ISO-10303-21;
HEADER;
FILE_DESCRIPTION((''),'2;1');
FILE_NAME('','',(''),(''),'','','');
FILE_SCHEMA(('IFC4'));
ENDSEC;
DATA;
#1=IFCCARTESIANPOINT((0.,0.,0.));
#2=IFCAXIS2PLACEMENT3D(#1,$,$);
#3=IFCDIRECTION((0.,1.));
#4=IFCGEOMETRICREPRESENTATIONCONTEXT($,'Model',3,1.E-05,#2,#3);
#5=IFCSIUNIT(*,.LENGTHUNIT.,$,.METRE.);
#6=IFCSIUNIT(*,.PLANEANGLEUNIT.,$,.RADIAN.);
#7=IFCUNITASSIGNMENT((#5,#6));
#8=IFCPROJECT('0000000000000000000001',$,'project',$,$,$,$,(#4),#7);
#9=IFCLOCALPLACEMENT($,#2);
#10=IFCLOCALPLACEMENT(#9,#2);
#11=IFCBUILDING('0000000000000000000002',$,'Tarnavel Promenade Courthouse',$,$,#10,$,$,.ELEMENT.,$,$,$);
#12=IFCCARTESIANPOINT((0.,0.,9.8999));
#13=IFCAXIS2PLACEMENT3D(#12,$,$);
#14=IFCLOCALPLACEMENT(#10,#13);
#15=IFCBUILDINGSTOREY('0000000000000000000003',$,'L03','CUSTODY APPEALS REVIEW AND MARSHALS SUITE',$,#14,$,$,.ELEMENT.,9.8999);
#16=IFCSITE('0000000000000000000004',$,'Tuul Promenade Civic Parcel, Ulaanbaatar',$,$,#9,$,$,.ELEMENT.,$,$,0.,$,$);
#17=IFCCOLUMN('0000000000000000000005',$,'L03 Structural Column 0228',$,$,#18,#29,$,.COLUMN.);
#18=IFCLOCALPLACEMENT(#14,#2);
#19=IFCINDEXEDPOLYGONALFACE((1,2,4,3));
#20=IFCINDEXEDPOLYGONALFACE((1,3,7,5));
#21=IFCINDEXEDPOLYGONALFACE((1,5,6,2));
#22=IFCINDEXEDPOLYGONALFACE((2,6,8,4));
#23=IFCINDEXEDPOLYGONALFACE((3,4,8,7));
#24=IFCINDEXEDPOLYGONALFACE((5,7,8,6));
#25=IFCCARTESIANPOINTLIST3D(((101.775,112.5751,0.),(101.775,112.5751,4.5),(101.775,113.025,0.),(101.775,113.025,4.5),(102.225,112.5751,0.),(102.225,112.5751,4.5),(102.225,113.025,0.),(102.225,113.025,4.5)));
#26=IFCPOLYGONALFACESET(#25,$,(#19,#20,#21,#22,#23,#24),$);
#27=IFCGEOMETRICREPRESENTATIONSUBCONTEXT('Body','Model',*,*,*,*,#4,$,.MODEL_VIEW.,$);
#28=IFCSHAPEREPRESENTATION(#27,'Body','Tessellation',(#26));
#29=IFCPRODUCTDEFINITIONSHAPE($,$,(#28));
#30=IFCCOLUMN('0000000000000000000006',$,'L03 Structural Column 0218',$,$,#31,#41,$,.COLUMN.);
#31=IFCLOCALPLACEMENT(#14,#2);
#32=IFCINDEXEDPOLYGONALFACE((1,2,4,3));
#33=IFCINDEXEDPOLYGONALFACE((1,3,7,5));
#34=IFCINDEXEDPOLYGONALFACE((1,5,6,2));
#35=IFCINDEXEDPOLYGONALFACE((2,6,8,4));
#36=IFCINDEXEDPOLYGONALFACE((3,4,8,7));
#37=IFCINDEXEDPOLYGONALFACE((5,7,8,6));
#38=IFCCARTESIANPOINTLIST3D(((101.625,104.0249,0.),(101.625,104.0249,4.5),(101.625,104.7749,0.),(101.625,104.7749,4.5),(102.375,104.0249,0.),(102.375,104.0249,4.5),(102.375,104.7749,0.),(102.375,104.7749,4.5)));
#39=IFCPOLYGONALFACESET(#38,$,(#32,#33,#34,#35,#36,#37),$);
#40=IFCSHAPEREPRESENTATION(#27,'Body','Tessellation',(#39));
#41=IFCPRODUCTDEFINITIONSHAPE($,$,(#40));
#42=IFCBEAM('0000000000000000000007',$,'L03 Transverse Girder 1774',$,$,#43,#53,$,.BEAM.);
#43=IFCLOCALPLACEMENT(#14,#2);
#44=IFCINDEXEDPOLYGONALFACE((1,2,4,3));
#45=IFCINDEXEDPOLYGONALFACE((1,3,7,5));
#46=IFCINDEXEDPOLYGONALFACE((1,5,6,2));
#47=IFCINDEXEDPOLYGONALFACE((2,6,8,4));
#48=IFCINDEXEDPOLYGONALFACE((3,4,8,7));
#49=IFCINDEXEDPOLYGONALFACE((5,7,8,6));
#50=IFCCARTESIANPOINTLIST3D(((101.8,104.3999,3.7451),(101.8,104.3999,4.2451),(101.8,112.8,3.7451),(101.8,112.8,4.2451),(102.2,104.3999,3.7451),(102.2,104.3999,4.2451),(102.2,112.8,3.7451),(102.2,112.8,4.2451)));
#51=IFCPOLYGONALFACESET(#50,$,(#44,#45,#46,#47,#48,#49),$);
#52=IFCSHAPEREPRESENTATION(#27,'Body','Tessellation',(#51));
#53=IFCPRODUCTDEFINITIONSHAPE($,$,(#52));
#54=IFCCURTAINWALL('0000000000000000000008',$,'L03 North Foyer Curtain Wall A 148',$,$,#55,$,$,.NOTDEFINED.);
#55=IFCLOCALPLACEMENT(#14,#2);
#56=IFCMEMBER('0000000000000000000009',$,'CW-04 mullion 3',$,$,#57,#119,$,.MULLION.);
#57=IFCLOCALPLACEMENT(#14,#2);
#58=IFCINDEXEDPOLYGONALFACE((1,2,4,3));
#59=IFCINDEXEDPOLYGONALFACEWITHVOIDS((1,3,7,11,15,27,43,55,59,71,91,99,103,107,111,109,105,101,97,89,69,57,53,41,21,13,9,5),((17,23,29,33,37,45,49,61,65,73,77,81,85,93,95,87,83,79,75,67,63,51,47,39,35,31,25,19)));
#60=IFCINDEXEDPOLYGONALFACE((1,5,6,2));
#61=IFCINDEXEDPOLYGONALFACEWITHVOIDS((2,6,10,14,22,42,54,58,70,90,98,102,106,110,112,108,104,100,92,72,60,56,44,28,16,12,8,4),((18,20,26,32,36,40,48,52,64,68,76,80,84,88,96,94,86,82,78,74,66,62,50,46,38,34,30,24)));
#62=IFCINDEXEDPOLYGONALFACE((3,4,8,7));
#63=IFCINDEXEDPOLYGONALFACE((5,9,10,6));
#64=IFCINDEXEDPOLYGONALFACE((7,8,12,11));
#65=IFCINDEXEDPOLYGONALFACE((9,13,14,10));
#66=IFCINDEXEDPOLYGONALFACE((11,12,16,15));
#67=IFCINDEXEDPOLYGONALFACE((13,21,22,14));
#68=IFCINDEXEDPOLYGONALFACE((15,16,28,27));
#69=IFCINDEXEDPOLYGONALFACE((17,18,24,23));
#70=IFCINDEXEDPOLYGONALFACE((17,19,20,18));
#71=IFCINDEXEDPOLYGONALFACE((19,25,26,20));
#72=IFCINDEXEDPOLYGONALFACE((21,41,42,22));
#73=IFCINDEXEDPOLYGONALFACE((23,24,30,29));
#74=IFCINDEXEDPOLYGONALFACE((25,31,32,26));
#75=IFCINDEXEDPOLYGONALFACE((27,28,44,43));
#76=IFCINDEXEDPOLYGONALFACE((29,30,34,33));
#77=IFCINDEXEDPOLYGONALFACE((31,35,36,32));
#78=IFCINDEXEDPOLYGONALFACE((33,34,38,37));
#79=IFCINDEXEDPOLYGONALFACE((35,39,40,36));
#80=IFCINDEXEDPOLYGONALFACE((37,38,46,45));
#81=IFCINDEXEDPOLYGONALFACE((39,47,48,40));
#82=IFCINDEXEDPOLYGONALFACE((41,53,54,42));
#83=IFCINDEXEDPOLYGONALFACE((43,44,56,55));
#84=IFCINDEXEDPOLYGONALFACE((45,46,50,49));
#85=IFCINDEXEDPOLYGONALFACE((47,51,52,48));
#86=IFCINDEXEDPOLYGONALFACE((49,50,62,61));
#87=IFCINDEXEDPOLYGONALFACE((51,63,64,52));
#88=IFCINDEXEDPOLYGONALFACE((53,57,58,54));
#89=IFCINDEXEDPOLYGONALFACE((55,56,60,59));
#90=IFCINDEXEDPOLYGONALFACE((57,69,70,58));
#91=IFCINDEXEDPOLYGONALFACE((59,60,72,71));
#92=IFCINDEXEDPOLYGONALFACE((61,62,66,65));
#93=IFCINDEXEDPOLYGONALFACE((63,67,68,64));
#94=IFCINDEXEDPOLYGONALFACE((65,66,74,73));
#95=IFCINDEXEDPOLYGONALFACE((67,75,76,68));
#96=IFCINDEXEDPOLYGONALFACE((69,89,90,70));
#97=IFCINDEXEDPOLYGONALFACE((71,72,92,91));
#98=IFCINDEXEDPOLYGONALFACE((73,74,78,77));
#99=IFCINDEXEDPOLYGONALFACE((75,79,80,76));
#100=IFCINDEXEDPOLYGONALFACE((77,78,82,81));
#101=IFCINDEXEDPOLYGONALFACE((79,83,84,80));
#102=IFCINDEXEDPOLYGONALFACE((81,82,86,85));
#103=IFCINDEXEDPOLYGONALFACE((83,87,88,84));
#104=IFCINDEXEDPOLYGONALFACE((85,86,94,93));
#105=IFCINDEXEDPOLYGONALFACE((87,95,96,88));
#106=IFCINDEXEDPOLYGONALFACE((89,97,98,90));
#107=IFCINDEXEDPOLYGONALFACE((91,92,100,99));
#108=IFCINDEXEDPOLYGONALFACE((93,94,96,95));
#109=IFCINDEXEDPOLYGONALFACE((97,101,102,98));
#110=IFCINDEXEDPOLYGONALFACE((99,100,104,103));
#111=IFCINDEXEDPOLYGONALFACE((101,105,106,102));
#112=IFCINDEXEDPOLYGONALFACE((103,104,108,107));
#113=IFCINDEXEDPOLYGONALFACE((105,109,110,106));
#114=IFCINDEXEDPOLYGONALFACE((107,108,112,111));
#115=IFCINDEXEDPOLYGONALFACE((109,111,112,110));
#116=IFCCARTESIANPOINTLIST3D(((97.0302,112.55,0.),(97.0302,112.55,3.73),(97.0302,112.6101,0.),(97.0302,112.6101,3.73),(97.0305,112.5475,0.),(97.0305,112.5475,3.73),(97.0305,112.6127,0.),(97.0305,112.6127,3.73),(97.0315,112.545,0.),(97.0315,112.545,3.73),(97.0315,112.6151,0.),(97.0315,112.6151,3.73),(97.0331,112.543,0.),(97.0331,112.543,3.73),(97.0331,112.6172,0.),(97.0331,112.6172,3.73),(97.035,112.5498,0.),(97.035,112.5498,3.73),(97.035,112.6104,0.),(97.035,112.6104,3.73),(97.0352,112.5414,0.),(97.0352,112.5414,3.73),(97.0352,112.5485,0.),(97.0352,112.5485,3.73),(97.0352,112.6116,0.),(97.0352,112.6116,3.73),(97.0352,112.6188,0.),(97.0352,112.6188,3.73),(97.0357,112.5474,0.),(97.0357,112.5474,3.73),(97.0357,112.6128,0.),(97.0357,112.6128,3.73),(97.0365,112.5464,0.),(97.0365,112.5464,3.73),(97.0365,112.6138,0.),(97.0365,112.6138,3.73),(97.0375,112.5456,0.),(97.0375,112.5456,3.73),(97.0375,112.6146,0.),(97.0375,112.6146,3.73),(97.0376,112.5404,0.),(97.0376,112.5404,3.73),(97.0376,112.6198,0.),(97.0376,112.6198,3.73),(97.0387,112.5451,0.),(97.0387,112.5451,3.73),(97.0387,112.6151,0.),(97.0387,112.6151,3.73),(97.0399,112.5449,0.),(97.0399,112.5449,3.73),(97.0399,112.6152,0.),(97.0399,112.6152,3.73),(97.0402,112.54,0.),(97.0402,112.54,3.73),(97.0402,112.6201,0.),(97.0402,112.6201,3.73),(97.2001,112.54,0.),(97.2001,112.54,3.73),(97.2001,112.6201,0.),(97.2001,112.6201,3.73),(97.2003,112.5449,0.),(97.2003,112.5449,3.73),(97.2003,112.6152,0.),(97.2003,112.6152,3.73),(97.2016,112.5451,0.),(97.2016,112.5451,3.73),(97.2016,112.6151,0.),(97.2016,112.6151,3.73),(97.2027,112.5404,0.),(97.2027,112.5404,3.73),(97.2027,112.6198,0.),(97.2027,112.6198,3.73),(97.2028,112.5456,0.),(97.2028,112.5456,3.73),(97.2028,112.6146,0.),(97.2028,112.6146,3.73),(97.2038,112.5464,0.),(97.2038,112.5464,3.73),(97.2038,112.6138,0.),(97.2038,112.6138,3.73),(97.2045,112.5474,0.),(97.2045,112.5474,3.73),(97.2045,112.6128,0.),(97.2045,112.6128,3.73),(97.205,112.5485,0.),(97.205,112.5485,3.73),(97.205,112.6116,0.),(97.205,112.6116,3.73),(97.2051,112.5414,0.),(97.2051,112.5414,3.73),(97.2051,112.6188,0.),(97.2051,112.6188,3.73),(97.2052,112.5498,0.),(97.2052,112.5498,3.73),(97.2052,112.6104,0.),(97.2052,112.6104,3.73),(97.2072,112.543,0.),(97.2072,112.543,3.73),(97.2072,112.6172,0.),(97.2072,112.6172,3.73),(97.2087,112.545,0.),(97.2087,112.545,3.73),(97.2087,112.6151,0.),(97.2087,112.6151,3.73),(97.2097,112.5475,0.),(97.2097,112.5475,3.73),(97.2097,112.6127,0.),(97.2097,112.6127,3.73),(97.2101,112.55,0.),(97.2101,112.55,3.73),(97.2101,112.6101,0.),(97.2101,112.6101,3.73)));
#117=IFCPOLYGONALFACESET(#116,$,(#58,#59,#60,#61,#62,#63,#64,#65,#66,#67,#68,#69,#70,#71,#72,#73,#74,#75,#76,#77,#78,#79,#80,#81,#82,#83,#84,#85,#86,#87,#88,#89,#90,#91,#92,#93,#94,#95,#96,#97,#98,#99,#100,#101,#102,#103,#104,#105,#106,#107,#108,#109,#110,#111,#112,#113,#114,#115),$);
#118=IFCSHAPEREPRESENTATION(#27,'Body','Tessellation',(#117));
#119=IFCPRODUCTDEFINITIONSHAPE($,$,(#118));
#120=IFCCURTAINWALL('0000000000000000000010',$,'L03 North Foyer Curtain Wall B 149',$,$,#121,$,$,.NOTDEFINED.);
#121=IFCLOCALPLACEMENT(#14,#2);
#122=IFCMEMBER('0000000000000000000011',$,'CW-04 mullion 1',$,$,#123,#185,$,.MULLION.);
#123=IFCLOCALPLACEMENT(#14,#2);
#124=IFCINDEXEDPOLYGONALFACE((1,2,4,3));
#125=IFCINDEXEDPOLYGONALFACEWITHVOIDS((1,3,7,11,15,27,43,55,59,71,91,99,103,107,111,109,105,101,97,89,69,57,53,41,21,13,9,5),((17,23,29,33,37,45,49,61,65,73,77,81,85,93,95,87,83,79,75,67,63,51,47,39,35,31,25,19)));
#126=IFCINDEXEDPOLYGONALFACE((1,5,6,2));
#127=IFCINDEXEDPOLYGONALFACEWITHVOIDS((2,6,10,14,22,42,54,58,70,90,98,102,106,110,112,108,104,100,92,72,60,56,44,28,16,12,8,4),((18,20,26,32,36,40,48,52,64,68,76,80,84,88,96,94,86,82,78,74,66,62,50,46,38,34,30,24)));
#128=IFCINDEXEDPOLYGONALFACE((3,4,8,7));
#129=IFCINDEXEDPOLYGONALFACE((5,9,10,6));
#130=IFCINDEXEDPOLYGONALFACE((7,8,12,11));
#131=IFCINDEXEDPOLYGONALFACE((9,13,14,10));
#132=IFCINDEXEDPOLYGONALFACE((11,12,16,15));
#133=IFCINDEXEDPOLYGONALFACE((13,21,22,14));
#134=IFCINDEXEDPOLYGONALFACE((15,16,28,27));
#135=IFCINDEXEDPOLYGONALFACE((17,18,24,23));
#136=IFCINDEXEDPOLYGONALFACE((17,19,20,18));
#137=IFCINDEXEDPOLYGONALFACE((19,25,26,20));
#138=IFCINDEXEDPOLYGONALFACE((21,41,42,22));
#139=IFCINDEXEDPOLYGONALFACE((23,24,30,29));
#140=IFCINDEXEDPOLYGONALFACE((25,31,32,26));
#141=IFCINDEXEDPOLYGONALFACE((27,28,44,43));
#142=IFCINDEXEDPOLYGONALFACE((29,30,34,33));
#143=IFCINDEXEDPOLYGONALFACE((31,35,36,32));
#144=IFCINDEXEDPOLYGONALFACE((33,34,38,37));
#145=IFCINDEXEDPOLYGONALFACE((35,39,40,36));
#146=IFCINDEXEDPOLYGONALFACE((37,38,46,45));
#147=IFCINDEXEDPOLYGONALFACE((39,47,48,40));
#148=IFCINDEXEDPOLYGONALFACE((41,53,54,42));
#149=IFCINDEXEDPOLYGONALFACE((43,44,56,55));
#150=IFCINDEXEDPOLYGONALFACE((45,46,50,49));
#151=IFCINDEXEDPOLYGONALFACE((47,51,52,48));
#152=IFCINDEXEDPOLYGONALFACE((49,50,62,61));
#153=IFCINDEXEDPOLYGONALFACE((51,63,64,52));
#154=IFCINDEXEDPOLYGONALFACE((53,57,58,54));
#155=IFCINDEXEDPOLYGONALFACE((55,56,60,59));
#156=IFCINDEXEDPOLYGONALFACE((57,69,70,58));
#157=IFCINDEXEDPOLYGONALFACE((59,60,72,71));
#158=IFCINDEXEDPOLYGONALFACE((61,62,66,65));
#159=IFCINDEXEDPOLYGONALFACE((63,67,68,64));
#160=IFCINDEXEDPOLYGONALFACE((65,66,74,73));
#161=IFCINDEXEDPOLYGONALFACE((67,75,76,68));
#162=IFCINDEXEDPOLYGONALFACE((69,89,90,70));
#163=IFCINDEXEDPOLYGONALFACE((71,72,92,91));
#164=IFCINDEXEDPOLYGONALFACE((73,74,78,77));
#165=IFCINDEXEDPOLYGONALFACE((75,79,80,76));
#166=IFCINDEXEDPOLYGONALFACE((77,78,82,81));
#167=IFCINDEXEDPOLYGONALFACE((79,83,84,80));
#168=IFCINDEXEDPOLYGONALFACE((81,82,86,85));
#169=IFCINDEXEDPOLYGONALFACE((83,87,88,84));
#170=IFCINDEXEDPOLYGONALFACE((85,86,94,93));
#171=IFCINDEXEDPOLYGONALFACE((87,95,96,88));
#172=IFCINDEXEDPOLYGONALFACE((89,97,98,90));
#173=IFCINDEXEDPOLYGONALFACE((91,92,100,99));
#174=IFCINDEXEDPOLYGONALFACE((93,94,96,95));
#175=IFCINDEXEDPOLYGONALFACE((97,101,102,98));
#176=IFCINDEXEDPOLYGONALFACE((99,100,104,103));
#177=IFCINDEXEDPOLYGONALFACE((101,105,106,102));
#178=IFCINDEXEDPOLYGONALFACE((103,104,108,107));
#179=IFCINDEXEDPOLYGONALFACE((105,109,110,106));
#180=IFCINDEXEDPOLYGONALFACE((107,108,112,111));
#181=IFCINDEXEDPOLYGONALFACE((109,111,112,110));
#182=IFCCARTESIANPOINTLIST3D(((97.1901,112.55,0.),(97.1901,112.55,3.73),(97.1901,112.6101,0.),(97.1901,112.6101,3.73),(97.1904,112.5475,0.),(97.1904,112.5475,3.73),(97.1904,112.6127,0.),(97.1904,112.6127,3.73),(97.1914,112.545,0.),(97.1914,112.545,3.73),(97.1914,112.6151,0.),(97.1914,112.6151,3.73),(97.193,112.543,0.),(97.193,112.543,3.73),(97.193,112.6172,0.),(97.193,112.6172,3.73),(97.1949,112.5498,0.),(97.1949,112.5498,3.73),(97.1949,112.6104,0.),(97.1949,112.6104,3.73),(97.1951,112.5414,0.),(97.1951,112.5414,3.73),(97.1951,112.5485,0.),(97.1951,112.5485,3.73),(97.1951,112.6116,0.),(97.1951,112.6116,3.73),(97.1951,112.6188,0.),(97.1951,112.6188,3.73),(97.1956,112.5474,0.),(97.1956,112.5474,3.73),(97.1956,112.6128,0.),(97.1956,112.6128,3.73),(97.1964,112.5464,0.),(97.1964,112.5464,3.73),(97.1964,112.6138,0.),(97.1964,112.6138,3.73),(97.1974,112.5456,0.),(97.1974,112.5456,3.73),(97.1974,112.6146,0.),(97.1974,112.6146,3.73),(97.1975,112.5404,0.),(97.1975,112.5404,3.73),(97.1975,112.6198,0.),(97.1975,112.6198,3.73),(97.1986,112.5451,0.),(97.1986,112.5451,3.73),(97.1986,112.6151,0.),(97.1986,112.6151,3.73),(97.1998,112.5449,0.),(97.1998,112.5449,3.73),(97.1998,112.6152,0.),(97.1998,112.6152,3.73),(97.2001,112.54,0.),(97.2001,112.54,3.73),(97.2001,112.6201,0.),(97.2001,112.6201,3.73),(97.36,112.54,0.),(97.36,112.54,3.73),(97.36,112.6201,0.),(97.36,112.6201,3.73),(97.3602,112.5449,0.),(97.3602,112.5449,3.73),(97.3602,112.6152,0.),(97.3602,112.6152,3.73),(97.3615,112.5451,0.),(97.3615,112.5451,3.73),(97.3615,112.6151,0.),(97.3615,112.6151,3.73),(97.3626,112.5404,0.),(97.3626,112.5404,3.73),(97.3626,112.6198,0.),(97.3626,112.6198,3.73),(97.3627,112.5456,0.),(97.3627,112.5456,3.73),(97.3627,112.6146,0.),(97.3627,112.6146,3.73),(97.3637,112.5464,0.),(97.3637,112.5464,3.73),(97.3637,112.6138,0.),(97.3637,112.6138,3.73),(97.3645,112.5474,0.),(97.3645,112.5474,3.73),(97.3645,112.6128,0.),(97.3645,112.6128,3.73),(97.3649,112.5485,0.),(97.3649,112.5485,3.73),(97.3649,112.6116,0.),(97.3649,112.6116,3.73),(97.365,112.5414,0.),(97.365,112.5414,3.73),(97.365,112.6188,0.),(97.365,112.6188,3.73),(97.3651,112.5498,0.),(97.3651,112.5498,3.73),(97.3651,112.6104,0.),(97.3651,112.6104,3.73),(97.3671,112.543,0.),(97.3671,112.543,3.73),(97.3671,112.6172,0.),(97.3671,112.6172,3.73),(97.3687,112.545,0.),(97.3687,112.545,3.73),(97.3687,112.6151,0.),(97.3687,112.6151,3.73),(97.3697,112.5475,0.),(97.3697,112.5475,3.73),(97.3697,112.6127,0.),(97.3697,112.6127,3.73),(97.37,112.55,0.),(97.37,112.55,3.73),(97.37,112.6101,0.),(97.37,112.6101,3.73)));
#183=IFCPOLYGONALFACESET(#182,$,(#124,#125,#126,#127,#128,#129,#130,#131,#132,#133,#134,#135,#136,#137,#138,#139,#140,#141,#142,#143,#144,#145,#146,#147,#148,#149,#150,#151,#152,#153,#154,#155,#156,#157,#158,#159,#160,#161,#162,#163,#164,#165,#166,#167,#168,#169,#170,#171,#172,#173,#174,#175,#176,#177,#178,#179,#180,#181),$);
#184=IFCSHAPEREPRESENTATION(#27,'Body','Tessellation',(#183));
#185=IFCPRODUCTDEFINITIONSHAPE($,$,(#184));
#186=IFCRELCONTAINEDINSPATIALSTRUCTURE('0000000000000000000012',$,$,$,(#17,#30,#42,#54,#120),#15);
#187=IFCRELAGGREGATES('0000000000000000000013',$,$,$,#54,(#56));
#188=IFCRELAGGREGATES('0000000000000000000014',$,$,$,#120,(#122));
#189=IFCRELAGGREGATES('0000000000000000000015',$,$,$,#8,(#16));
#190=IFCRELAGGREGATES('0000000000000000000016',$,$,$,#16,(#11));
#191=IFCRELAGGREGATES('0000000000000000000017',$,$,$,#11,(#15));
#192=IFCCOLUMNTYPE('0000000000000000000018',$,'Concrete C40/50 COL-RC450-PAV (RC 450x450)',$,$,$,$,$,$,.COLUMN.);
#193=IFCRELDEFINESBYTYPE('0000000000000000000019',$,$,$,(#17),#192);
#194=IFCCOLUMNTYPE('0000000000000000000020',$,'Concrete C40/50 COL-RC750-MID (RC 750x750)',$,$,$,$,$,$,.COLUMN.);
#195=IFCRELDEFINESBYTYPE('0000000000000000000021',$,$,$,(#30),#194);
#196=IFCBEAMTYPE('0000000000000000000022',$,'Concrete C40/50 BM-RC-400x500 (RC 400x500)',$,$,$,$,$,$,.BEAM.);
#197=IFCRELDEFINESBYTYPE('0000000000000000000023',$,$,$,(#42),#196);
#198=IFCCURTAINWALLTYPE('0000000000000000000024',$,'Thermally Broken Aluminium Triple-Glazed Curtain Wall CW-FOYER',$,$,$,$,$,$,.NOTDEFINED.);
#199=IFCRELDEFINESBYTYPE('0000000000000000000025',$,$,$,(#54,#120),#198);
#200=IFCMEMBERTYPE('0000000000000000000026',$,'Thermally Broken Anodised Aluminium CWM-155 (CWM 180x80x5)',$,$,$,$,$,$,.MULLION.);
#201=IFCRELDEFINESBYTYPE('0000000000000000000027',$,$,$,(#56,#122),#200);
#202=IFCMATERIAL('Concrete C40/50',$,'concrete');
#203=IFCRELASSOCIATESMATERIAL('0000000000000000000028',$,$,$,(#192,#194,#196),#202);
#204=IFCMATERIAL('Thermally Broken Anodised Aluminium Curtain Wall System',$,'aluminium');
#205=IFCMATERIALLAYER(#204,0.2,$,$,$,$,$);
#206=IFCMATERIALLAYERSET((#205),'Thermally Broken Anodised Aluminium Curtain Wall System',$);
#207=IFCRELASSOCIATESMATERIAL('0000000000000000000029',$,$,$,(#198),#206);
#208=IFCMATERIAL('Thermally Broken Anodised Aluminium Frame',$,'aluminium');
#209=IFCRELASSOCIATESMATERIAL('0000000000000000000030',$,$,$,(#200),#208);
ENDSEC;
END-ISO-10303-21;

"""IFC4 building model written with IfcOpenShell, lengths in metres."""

from ifc_helpers import new_model, si_unit, direction, frame, origin, origin_2d, place, context, subcontext, project, spatial, rectangle, hollow_rectangle, extrude, material, layer, layer_set, material_profile, profile_set, type_object, element, aggregate, save


model = new_model("IFC4")

# Units and contexts
model_context = context("Model", 3, precision=1e-05, world=origin(), true_north=direction((0.0, 1.0)))
body_context = subcontext(model_context, "Body", "Model", "MODEL_VIEW")
ifc_project = project(units=[si_unit("LENGTHUNIT", "METRE"), si_unit("PLANEANGLEUNIT", "RADIAN")], contexts=[model_context])

# Site, building, storey
site_placement = place(None, origin())
site = spatial("IfcSite", under=ifc_project, at=site_placement, Name="Tuul Promenade Civic Parcel, Ulaanbaatar", CompositionType="ELEMENT", RefElevation=0.0)
building_placement = place(site_placement, origin())
building = spatial("IfcBuilding", under=site, at=building_placement, Name="Tarnavel Promenade Courthouse", CompositionType="ELEMENT")
storey_placement = place(building_placement, frame((0.0, 0.0, 9.8999)))
storey = spatial("IfcBuildingStorey", under=building, at=storey_placement, Name="L03", Description="CUSTODY APPEALS REVIEW AND MARSHALS SUITE", CompositionType="ELEMENT", Elevation=9.8999)

# Columns
ifc_material_1 = material(Name="Concrete C40/50", Category="concrete")
ifc_material_profile_1 = material_profile(ifc_material_1, rectangle(XDim=0.45, YDim=0.45, at=origin_2d()), Name="RC 450x450")
ifc_profile_set_1 = profile_set([ifc_material_profile_1], Name="Concrete C40/50")
column_type_1 = type_object("IfcColumnType", Name="Concrete C40/50 COL-RC450-PAV (RC 450x450)", PredefinedType="COLUMN", material=ifc_profile_set_1)
column_1_placement = place(storey_placement, frame((102.0, 112.8, 0.0), z_axis=(0.0, 0.0, 1.0), x_axis=(1.0, 0.0, 0.0)))
element("IfcColumn", 1, at=column_1_placement, inside=storey, type_object=column_type_1, Name="L03 Structural Column 0228", PredefinedType="COLUMN", context=body_context, shape_type="SweptSolid", body=[
    extrude(rectangle(XDim=0.45, YDim=0.45, at=origin_2d()), origin(), (0.0, 0.0, 1.0), 4.5),
])
ifc_material_profile_2 = material_profile(ifc_material_1, rectangle(XDim=0.75, YDim=0.75, at=origin_2d()), Name="RC 750x750")
ifc_profile_set_2 = profile_set([ifc_material_profile_2], Name="Concrete C40/50")
column_type_2 = type_object("IfcColumnType", Name="Concrete C40/50 COL-RC750-MID (RC 750x750)", PredefinedType="COLUMN", material=ifc_profile_set_2)
column_2_placement = place(storey_placement, frame((102.0, 104.3999, 0.0), z_axis=(0.0, 0.0, 1.0), x_axis=(1.0, 0.0, 0.0)))
element("IfcColumn", 2, at=column_2_placement, inside=storey, type_object=column_type_2, Name="L03 Structural Column 0218", PredefinedType="COLUMN", context=body_context, shape_type="SweptSolid", body=[
    extrude(rectangle(XDim=0.75, YDim=0.75, at=origin_2d()), origin(), (0.0, 0.0, 1.0), 4.5),
])

# Beam
ifc_material_profile_3 = material_profile(ifc_material_1, rectangle(XDim=0.3999, YDim=0.5, at=origin_2d()), Name="RC 400x500")
ifc_profile_set_3 = profile_set([ifc_material_profile_3], Name="Concrete C40/50")
beam_type = type_object("IfcBeamType", Name="Concrete C40/50 BM-RC-400x500 (RC 400x500)", PredefinedType="BEAM", material=ifc_profile_set_3)
beam_placement = place(storey_placement, frame((102.0, 104.3999, 3.9951), z_axis=(0.0, 1.0, 0.0), x_axis=(-1.0, 0.0, 0.0)))
element("IfcBeam", 3, at=beam_placement, inside=storey, type_object=beam_type, Name="L03 Transverse Girder 1774", PredefinedType="BEAM", context=body_context, shape_type="SweptSolid", body=[
    extrude(rectangle(XDim=0.3999, YDim=0.5, at=origin_2d()), origin(), (0.0, 0.0, 1.0), 8.4001),
])

# Curtain wall, member
ifc_material_2 = material(Name="Thermally Broken Anodised Aluminium Curtain Wall System", Category="aluminium")
ifc_layer_1 = layer(ifc_material_2, 0.2)
ifc_layer_set_1 = layer_set([ifc_layer_1], Name="Thermally Broken Anodised Aluminium Curtain Wall System")
curtain_wall_type = type_object("IfcCurtainWallType", Name="Thermally Broken Aluminium Triple-Glazed Curtain Wall CW-FOYER", PredefinedType="NOTDEFINED", material=ifc_layer_set_1)
curtain_wall_1_placement = place(storey_placement, origin())
curtain_wall_1 = element("IfcCurtainWall", 4, at=curtain_wall_1_placement, inside=storey, type_object=curtain_wall_type, Name="L03 North Foyer Curtain Wall A 148", PredefinedType="NOTDEFINED")
ifc_material_3 = material(Name="Thermally Broken Anodised Aluminium Frame", Category="aluminium")
ifc_material_profile_4 = material_profile(ifc_material_3, hollow_rectangle(XDim=0.0801, YDim=0.1799, WallThickness=0.0049, InnerFilletRadius=0.0049, OuterFilletRadius=0.01, at=origin_2d()), Name="CWM 180x80x5")
ifc_profile_set_4 = profile_set([ifc_material_profile_4], Name="Thermally Broken Anodised Aluminium Frame")
member_type_1 = type_object("IfcMemberType", Name="Thermally Broken Anodised Aluminium CWM-155 (CWM 180x80x5)", PredefinedType="MULLION", material=ifc_profile_set_4)
member_1_placement = place(storey_placement, frame((97.1201, 112.5801, 0.0), z_axis=(0.0, 0.0, 1.0), x_axis=(0.0, 1.0, 0.0)))
member_1 = element("IfcMember", 5, at=member_1_placement, type_object=member_type_1, Name="CW-04 mullion 3", PredefinedType="MULLION", context=body_context, shape_type="SweptSolid", body=[
    extrude(hollow_rectangle(XDim=0.0801, YDim=0.1799, WallThickness=0.0049, InnerFilletRadius=0.0049, OuterFilletRadius=0.01, at=origin_2d()), origin(), (0.0, 0.0, 1.0), 3.73),
])
aggregate(curtain_wall_1, [member_1])

# Curtain wall, member
curtain_wall_2_placement = place(storey_placement, origin())
curtain_wall_2 = element("IfcCurtainWall", 6, at=curtain_wall_2_placement, inside=storey, type_object=curtain_wall_type, Name="L03 North Foyer Curtain Wall B 149", PredefinedType="NOTDEFINED")
member_2_placement = place(storey_placement, frame((97.28, 112.5801, 0.0), z_axis=(0.0, 0.0, 1.0), x_axis=(0.0, 1.0, 0.0)))
member_2 = element("IfcMember", 7, at=member_2_placement, type_object=member_type_1, Name="CW-04 mullion 1", PredefinedType="MULLION", context=body_context, shape_type="SweptSolid", body=[
    extrude(hollow_rectangle(XDim=0.0801, YDim=0.1799, WallThickness=0.0049, InnerFilletRadius=0.0049, OuterFilletRadius=0.01, at=origin_2d()), origin(), (0.0, 0.0, 1.0), 3.73),
])
aggregate(curtain_wall_2, [member_2])

save(model, "model.ifc")
